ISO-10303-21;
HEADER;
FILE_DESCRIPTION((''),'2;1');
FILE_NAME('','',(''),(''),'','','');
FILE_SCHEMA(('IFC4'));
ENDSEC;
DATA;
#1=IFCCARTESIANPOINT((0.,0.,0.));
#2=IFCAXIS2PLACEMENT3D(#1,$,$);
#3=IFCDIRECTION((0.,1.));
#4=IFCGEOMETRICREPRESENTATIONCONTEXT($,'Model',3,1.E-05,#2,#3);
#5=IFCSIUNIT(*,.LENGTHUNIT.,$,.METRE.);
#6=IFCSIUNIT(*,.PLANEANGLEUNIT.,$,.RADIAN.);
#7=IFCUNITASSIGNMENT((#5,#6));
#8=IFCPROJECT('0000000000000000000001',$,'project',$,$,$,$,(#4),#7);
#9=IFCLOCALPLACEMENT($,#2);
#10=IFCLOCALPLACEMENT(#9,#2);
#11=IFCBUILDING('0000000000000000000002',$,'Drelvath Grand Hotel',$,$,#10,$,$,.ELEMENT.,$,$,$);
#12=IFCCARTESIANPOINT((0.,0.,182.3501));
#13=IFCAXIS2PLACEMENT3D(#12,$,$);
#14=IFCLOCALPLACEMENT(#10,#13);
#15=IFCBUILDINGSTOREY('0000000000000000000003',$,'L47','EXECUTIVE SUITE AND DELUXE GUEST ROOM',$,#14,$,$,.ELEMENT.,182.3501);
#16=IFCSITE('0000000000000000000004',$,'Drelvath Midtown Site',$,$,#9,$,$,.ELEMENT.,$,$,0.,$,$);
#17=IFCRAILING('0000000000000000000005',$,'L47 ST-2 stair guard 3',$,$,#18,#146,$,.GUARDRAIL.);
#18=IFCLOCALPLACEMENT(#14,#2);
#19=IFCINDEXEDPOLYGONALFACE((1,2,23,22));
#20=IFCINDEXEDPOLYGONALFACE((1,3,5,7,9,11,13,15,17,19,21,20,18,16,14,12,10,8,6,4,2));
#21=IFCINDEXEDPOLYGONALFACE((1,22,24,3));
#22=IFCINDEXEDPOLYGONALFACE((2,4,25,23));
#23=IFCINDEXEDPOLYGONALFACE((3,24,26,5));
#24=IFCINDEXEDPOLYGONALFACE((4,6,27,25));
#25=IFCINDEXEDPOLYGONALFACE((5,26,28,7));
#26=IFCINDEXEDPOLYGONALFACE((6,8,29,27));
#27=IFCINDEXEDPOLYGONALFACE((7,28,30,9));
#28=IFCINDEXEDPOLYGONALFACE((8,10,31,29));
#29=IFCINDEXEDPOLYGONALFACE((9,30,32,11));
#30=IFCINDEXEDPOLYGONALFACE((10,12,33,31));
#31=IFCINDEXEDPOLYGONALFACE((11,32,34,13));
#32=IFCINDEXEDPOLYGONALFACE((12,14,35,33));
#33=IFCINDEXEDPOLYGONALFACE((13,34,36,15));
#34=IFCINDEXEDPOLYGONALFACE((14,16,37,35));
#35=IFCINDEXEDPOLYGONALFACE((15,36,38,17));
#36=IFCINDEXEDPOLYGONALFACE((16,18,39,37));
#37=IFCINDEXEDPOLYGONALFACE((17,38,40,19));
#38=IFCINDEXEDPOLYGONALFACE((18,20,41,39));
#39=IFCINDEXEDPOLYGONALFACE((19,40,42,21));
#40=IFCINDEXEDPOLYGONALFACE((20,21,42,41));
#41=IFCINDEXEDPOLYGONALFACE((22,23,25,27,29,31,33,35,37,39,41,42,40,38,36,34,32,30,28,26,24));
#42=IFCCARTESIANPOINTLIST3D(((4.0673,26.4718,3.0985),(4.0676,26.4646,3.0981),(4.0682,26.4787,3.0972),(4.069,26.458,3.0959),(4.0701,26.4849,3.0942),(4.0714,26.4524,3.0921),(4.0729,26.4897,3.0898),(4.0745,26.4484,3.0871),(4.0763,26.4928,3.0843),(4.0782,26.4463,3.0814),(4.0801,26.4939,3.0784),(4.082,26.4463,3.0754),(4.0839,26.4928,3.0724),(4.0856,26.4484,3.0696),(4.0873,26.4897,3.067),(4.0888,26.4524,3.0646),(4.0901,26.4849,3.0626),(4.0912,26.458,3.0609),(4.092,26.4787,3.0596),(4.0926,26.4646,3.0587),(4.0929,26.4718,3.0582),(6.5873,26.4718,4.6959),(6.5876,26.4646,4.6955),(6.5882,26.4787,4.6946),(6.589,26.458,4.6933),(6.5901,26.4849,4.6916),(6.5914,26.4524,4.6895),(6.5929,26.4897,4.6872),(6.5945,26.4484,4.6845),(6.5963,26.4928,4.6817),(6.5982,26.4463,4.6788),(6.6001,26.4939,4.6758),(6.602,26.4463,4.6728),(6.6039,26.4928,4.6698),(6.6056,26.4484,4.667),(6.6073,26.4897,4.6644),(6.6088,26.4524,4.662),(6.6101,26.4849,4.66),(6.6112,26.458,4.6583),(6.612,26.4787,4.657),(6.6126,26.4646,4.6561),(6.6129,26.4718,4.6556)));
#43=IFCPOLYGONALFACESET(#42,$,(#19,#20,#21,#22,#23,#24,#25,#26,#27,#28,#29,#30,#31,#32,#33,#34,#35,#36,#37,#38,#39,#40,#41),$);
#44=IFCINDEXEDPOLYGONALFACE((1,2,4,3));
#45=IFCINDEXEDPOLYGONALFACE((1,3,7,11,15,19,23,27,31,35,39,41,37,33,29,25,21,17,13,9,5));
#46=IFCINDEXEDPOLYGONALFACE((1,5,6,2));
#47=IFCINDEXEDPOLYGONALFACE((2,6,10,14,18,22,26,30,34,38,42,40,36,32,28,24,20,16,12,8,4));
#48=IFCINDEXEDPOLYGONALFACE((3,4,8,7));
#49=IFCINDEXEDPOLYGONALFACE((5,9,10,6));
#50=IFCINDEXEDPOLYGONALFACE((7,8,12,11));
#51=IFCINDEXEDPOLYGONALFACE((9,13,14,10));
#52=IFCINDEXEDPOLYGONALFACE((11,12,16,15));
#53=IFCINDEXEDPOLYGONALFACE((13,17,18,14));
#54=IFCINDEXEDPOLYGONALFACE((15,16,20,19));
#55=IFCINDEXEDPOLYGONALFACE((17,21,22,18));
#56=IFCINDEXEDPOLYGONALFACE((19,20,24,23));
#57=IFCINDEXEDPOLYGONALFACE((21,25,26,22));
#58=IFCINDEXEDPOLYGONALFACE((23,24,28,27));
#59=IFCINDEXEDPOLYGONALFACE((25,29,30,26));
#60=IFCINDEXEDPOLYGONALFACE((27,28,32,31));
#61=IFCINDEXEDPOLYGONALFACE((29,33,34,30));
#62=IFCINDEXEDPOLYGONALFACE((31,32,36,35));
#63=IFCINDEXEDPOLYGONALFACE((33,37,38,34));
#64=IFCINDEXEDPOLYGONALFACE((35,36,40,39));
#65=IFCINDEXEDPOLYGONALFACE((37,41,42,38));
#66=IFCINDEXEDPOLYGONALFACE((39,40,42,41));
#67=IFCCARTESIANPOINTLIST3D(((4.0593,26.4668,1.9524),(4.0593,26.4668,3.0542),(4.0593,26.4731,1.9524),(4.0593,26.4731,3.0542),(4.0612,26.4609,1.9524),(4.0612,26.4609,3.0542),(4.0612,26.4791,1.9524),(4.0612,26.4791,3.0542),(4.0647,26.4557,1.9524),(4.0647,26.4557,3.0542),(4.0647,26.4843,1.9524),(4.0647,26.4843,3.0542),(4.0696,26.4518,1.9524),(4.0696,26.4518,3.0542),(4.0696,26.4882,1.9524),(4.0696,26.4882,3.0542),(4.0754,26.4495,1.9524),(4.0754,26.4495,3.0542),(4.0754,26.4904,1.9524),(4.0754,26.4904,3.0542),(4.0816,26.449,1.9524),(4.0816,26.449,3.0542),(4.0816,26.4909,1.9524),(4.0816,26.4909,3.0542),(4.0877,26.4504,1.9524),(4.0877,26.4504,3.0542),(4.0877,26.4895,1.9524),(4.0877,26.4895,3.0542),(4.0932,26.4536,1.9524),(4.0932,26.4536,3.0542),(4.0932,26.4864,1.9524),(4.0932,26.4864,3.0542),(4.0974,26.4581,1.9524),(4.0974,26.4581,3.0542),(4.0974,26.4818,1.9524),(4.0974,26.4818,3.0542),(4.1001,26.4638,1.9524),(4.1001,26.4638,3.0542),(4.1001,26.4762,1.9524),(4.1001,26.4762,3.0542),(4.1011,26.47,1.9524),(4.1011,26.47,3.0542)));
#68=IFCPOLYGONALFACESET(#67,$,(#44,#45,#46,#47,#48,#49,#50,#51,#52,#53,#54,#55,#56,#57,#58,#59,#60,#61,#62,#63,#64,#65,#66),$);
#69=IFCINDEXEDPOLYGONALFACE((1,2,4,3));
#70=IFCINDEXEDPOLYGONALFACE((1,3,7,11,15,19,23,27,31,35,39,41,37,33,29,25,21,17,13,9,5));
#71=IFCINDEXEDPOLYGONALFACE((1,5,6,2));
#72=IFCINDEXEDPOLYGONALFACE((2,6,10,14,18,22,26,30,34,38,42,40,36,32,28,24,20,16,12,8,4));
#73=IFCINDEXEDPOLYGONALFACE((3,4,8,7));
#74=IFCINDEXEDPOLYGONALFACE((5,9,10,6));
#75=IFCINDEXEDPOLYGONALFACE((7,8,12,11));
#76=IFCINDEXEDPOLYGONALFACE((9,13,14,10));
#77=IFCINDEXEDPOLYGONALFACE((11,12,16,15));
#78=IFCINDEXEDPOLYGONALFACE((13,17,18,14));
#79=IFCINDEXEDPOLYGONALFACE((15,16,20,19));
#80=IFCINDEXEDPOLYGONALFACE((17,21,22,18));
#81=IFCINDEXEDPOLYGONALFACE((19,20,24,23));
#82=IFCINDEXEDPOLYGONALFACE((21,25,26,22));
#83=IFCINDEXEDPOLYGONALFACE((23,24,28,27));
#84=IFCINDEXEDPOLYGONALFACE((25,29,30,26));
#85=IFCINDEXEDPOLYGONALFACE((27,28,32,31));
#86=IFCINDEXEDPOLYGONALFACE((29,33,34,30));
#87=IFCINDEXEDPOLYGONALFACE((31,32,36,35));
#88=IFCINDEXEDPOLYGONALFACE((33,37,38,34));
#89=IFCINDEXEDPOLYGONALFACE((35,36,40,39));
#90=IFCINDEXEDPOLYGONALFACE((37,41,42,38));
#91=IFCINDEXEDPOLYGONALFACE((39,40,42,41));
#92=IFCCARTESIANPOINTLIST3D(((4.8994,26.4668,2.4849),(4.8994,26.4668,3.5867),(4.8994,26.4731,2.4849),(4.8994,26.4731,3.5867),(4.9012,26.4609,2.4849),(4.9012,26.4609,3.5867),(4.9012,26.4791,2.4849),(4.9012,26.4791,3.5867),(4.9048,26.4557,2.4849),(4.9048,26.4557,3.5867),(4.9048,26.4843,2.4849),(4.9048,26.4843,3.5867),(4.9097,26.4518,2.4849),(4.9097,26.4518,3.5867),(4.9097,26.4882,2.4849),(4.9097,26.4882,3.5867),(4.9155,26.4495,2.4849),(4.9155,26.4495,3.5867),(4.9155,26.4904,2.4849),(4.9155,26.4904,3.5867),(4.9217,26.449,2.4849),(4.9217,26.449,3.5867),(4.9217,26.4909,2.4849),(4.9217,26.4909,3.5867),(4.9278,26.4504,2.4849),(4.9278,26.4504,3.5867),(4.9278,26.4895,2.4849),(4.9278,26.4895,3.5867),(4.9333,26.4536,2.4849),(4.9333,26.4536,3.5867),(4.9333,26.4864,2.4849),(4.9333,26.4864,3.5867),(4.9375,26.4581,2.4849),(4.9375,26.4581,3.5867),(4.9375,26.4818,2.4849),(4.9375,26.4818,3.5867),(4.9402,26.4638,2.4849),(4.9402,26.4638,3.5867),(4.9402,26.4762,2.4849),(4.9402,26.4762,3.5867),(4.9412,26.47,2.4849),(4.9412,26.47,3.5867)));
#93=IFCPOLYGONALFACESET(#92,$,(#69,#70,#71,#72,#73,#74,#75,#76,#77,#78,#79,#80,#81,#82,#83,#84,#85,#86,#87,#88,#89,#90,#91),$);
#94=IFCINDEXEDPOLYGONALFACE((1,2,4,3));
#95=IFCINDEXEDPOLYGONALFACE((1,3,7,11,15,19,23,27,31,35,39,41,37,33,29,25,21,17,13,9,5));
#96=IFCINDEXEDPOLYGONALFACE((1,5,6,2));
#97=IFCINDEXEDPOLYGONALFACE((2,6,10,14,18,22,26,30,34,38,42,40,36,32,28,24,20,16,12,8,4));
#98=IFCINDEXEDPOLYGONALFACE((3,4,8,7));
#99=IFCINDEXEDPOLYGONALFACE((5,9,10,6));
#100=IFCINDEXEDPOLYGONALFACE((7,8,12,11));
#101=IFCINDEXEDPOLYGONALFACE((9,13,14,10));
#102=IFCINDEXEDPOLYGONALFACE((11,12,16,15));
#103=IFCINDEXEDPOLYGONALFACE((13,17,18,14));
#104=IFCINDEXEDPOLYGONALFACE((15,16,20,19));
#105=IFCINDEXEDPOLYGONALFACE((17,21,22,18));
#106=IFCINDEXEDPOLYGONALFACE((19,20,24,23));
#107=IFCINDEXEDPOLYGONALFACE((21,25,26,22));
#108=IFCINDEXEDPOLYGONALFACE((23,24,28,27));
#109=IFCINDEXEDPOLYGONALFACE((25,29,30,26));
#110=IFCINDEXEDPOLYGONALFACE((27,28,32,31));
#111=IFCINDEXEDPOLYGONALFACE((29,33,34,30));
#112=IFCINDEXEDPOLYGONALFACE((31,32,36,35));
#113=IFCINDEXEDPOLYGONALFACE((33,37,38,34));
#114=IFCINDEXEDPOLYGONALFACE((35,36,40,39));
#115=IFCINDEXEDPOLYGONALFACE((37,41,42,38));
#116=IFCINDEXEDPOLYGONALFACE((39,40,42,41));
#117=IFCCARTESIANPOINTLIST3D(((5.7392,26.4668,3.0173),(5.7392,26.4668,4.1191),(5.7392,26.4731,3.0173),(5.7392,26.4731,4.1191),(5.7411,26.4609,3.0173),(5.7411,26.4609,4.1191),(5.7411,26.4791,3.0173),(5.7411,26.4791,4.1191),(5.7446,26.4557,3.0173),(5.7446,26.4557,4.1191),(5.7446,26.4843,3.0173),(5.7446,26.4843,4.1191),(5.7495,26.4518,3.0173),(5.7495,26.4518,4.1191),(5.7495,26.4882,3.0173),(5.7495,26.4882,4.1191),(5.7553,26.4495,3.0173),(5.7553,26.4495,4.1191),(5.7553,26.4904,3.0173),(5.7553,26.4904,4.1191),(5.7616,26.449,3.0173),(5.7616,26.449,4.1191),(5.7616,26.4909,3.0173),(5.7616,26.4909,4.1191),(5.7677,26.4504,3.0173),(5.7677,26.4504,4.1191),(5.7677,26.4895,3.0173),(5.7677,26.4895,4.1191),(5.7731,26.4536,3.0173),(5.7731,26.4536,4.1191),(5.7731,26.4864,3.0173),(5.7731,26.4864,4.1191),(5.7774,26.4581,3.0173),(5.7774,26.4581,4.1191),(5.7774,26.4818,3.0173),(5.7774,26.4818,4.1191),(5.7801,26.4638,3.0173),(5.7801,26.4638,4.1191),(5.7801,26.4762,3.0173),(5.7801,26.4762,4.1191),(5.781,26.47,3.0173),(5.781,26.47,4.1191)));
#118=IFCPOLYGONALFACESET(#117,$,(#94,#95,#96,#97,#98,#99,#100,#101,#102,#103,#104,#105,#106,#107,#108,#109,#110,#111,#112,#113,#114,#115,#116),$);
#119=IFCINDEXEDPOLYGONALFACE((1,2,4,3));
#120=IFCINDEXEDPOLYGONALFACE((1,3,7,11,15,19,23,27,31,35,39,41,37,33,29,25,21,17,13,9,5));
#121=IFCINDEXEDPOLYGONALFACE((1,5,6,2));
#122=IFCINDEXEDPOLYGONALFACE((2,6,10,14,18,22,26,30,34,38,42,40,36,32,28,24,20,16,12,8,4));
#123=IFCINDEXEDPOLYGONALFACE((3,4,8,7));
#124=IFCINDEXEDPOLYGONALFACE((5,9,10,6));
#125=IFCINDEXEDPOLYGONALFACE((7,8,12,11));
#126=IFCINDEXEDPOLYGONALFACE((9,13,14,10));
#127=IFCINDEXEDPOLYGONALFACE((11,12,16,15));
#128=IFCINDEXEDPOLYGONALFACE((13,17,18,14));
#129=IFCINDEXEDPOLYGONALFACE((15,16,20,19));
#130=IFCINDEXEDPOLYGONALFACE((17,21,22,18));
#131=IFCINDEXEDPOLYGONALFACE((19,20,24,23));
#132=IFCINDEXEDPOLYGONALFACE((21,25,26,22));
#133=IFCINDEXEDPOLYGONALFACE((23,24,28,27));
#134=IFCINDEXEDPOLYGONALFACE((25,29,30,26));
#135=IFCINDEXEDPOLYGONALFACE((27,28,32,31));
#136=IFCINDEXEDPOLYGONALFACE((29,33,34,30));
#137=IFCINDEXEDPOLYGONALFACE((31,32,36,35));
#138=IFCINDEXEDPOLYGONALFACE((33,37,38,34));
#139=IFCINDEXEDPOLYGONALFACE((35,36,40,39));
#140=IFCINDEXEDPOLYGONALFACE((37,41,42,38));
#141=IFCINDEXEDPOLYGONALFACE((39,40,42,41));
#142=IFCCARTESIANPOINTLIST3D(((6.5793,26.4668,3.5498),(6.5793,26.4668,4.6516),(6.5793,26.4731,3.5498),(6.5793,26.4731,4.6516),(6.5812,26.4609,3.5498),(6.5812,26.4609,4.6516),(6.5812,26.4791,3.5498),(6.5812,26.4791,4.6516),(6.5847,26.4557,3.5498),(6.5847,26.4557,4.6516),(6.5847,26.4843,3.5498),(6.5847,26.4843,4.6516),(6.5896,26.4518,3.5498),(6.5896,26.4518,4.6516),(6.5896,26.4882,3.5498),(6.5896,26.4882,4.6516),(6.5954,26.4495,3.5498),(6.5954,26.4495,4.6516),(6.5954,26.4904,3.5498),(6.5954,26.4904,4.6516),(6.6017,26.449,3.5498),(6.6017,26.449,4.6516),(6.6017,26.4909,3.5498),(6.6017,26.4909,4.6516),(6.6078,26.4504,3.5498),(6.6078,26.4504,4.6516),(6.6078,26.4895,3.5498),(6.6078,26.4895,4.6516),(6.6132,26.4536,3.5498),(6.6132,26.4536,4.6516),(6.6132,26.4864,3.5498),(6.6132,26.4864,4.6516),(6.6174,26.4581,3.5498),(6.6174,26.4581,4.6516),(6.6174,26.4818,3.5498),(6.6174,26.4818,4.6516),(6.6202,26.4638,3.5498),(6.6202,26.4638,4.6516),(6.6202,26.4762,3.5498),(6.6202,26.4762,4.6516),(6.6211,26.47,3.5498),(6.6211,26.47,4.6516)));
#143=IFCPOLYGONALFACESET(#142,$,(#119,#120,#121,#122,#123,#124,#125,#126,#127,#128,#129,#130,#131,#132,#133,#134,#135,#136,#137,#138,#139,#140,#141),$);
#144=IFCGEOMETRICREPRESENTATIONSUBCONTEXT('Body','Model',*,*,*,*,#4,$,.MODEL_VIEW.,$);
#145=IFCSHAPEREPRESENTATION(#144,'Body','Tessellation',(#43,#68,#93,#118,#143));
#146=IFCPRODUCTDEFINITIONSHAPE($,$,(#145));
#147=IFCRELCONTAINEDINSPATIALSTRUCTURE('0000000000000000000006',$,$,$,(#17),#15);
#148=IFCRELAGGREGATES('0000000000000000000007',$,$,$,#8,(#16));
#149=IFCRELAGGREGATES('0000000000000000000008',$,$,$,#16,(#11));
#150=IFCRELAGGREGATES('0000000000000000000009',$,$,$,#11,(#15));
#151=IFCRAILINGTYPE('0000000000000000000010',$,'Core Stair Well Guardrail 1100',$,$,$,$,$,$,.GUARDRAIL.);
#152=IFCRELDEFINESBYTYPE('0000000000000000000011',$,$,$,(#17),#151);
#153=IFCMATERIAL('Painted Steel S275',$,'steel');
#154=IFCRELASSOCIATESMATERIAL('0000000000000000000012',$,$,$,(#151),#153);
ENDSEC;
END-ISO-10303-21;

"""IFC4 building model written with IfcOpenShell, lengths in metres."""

from ifc_helpers import new_model, si_unit, direction, frame, origin, origin_2d, place, context, subcontext, project, spatial, circle, extrude, material, type_object, element, save


model = new_model("IFC4")

# Units and contexts
model_context = context("Model", 3, precision=1e-05, world=origin(), true_north=direction((0.0, 1.0)))
body_context = subcontext(model_context, "Body", "Model", "MODEL_VIEW")
ifc_project = project(units=[si_unit("LENGTHUNIT", "METRE"), si_unit("PLANEANGLEUNIT", "RADIAN")], contexts=[model_context])

# Site, building, storey
site_placement = place(None, origin())
site = spatial("IfcSite", under=ifc_project, at=site_placement, Name="Drelvath Midtown Site", CompositionType="ELEMENT", RefElevation=0.0)
building_placement = place(site_placement, origin())
building = spatial("IfcBuilding", under=site, at=building_placement, Name="Drelvath Grand Hotel", CompositionType="ELEMENT")
storey_placement = place(building_placement, frame((0.0, 0.0, 182.3501)))
storey = spatial("IfcBuildingStorey", under=building, at=storey_placement, Name="L47", Description="EXECUTIVE SUITE AND DELUXE GUEST ROOM", CompositionType="ELEMENT", Elevation=182.3501)

# Railing
ifc_material_1 = material(Name="Painted Steel S275", Category="steel")
railing_type_1 = type_object("IfcRailingType", Name="Core Stair Well Guardrail 1100", PredefinedType="GUARDRAIL", material=ifc_material_1)
railing_1_placement = place(storey_placement, frame((4.0801, 26.47, 1.9524)))
element("IfcRailing", 1, at=railing_1_placement, inside=storey, type_object=railing_type_1, Name="L47 ST-2 stair guard 3", PredefinedType="GUARDRAIL", context=body_context, shape_type="SweptSolid", body=[
    extrude(circle(Radius=0.0239, at=origin_2d()), frame((0.0, 0.0, 1.126), z_axis=(0.844607, 0.0, 0.535387), x_axis=(0.0, 1.0, 0.0)), (0.0, 0.0, 1.0), 2.9836),
    extrude(circle(Radius=0.021, at=origin_2d()), origin(), (0.0, 0.0, 1.0), 1.1018),
    extrude(circle(Radius=0.021, at=origin_2d()), frame((0.8401, 0.0, 0.5325)), (0.0, 0.0, 1.0), 1.1018),
    extrude(circle(Radius=0.021, at=origin_2d()), frame((1.6799, 0.0, 1.0649)), (0.0, 0.0, 1.0), 1.1018),
    extrude(circle(Radius=0.021, at=origin_2d()), frame((2.52, 0.0, 1.5974)), (0.0, 0.0, 1.0), 1.1018),
])

save(model, "model.ifc")
